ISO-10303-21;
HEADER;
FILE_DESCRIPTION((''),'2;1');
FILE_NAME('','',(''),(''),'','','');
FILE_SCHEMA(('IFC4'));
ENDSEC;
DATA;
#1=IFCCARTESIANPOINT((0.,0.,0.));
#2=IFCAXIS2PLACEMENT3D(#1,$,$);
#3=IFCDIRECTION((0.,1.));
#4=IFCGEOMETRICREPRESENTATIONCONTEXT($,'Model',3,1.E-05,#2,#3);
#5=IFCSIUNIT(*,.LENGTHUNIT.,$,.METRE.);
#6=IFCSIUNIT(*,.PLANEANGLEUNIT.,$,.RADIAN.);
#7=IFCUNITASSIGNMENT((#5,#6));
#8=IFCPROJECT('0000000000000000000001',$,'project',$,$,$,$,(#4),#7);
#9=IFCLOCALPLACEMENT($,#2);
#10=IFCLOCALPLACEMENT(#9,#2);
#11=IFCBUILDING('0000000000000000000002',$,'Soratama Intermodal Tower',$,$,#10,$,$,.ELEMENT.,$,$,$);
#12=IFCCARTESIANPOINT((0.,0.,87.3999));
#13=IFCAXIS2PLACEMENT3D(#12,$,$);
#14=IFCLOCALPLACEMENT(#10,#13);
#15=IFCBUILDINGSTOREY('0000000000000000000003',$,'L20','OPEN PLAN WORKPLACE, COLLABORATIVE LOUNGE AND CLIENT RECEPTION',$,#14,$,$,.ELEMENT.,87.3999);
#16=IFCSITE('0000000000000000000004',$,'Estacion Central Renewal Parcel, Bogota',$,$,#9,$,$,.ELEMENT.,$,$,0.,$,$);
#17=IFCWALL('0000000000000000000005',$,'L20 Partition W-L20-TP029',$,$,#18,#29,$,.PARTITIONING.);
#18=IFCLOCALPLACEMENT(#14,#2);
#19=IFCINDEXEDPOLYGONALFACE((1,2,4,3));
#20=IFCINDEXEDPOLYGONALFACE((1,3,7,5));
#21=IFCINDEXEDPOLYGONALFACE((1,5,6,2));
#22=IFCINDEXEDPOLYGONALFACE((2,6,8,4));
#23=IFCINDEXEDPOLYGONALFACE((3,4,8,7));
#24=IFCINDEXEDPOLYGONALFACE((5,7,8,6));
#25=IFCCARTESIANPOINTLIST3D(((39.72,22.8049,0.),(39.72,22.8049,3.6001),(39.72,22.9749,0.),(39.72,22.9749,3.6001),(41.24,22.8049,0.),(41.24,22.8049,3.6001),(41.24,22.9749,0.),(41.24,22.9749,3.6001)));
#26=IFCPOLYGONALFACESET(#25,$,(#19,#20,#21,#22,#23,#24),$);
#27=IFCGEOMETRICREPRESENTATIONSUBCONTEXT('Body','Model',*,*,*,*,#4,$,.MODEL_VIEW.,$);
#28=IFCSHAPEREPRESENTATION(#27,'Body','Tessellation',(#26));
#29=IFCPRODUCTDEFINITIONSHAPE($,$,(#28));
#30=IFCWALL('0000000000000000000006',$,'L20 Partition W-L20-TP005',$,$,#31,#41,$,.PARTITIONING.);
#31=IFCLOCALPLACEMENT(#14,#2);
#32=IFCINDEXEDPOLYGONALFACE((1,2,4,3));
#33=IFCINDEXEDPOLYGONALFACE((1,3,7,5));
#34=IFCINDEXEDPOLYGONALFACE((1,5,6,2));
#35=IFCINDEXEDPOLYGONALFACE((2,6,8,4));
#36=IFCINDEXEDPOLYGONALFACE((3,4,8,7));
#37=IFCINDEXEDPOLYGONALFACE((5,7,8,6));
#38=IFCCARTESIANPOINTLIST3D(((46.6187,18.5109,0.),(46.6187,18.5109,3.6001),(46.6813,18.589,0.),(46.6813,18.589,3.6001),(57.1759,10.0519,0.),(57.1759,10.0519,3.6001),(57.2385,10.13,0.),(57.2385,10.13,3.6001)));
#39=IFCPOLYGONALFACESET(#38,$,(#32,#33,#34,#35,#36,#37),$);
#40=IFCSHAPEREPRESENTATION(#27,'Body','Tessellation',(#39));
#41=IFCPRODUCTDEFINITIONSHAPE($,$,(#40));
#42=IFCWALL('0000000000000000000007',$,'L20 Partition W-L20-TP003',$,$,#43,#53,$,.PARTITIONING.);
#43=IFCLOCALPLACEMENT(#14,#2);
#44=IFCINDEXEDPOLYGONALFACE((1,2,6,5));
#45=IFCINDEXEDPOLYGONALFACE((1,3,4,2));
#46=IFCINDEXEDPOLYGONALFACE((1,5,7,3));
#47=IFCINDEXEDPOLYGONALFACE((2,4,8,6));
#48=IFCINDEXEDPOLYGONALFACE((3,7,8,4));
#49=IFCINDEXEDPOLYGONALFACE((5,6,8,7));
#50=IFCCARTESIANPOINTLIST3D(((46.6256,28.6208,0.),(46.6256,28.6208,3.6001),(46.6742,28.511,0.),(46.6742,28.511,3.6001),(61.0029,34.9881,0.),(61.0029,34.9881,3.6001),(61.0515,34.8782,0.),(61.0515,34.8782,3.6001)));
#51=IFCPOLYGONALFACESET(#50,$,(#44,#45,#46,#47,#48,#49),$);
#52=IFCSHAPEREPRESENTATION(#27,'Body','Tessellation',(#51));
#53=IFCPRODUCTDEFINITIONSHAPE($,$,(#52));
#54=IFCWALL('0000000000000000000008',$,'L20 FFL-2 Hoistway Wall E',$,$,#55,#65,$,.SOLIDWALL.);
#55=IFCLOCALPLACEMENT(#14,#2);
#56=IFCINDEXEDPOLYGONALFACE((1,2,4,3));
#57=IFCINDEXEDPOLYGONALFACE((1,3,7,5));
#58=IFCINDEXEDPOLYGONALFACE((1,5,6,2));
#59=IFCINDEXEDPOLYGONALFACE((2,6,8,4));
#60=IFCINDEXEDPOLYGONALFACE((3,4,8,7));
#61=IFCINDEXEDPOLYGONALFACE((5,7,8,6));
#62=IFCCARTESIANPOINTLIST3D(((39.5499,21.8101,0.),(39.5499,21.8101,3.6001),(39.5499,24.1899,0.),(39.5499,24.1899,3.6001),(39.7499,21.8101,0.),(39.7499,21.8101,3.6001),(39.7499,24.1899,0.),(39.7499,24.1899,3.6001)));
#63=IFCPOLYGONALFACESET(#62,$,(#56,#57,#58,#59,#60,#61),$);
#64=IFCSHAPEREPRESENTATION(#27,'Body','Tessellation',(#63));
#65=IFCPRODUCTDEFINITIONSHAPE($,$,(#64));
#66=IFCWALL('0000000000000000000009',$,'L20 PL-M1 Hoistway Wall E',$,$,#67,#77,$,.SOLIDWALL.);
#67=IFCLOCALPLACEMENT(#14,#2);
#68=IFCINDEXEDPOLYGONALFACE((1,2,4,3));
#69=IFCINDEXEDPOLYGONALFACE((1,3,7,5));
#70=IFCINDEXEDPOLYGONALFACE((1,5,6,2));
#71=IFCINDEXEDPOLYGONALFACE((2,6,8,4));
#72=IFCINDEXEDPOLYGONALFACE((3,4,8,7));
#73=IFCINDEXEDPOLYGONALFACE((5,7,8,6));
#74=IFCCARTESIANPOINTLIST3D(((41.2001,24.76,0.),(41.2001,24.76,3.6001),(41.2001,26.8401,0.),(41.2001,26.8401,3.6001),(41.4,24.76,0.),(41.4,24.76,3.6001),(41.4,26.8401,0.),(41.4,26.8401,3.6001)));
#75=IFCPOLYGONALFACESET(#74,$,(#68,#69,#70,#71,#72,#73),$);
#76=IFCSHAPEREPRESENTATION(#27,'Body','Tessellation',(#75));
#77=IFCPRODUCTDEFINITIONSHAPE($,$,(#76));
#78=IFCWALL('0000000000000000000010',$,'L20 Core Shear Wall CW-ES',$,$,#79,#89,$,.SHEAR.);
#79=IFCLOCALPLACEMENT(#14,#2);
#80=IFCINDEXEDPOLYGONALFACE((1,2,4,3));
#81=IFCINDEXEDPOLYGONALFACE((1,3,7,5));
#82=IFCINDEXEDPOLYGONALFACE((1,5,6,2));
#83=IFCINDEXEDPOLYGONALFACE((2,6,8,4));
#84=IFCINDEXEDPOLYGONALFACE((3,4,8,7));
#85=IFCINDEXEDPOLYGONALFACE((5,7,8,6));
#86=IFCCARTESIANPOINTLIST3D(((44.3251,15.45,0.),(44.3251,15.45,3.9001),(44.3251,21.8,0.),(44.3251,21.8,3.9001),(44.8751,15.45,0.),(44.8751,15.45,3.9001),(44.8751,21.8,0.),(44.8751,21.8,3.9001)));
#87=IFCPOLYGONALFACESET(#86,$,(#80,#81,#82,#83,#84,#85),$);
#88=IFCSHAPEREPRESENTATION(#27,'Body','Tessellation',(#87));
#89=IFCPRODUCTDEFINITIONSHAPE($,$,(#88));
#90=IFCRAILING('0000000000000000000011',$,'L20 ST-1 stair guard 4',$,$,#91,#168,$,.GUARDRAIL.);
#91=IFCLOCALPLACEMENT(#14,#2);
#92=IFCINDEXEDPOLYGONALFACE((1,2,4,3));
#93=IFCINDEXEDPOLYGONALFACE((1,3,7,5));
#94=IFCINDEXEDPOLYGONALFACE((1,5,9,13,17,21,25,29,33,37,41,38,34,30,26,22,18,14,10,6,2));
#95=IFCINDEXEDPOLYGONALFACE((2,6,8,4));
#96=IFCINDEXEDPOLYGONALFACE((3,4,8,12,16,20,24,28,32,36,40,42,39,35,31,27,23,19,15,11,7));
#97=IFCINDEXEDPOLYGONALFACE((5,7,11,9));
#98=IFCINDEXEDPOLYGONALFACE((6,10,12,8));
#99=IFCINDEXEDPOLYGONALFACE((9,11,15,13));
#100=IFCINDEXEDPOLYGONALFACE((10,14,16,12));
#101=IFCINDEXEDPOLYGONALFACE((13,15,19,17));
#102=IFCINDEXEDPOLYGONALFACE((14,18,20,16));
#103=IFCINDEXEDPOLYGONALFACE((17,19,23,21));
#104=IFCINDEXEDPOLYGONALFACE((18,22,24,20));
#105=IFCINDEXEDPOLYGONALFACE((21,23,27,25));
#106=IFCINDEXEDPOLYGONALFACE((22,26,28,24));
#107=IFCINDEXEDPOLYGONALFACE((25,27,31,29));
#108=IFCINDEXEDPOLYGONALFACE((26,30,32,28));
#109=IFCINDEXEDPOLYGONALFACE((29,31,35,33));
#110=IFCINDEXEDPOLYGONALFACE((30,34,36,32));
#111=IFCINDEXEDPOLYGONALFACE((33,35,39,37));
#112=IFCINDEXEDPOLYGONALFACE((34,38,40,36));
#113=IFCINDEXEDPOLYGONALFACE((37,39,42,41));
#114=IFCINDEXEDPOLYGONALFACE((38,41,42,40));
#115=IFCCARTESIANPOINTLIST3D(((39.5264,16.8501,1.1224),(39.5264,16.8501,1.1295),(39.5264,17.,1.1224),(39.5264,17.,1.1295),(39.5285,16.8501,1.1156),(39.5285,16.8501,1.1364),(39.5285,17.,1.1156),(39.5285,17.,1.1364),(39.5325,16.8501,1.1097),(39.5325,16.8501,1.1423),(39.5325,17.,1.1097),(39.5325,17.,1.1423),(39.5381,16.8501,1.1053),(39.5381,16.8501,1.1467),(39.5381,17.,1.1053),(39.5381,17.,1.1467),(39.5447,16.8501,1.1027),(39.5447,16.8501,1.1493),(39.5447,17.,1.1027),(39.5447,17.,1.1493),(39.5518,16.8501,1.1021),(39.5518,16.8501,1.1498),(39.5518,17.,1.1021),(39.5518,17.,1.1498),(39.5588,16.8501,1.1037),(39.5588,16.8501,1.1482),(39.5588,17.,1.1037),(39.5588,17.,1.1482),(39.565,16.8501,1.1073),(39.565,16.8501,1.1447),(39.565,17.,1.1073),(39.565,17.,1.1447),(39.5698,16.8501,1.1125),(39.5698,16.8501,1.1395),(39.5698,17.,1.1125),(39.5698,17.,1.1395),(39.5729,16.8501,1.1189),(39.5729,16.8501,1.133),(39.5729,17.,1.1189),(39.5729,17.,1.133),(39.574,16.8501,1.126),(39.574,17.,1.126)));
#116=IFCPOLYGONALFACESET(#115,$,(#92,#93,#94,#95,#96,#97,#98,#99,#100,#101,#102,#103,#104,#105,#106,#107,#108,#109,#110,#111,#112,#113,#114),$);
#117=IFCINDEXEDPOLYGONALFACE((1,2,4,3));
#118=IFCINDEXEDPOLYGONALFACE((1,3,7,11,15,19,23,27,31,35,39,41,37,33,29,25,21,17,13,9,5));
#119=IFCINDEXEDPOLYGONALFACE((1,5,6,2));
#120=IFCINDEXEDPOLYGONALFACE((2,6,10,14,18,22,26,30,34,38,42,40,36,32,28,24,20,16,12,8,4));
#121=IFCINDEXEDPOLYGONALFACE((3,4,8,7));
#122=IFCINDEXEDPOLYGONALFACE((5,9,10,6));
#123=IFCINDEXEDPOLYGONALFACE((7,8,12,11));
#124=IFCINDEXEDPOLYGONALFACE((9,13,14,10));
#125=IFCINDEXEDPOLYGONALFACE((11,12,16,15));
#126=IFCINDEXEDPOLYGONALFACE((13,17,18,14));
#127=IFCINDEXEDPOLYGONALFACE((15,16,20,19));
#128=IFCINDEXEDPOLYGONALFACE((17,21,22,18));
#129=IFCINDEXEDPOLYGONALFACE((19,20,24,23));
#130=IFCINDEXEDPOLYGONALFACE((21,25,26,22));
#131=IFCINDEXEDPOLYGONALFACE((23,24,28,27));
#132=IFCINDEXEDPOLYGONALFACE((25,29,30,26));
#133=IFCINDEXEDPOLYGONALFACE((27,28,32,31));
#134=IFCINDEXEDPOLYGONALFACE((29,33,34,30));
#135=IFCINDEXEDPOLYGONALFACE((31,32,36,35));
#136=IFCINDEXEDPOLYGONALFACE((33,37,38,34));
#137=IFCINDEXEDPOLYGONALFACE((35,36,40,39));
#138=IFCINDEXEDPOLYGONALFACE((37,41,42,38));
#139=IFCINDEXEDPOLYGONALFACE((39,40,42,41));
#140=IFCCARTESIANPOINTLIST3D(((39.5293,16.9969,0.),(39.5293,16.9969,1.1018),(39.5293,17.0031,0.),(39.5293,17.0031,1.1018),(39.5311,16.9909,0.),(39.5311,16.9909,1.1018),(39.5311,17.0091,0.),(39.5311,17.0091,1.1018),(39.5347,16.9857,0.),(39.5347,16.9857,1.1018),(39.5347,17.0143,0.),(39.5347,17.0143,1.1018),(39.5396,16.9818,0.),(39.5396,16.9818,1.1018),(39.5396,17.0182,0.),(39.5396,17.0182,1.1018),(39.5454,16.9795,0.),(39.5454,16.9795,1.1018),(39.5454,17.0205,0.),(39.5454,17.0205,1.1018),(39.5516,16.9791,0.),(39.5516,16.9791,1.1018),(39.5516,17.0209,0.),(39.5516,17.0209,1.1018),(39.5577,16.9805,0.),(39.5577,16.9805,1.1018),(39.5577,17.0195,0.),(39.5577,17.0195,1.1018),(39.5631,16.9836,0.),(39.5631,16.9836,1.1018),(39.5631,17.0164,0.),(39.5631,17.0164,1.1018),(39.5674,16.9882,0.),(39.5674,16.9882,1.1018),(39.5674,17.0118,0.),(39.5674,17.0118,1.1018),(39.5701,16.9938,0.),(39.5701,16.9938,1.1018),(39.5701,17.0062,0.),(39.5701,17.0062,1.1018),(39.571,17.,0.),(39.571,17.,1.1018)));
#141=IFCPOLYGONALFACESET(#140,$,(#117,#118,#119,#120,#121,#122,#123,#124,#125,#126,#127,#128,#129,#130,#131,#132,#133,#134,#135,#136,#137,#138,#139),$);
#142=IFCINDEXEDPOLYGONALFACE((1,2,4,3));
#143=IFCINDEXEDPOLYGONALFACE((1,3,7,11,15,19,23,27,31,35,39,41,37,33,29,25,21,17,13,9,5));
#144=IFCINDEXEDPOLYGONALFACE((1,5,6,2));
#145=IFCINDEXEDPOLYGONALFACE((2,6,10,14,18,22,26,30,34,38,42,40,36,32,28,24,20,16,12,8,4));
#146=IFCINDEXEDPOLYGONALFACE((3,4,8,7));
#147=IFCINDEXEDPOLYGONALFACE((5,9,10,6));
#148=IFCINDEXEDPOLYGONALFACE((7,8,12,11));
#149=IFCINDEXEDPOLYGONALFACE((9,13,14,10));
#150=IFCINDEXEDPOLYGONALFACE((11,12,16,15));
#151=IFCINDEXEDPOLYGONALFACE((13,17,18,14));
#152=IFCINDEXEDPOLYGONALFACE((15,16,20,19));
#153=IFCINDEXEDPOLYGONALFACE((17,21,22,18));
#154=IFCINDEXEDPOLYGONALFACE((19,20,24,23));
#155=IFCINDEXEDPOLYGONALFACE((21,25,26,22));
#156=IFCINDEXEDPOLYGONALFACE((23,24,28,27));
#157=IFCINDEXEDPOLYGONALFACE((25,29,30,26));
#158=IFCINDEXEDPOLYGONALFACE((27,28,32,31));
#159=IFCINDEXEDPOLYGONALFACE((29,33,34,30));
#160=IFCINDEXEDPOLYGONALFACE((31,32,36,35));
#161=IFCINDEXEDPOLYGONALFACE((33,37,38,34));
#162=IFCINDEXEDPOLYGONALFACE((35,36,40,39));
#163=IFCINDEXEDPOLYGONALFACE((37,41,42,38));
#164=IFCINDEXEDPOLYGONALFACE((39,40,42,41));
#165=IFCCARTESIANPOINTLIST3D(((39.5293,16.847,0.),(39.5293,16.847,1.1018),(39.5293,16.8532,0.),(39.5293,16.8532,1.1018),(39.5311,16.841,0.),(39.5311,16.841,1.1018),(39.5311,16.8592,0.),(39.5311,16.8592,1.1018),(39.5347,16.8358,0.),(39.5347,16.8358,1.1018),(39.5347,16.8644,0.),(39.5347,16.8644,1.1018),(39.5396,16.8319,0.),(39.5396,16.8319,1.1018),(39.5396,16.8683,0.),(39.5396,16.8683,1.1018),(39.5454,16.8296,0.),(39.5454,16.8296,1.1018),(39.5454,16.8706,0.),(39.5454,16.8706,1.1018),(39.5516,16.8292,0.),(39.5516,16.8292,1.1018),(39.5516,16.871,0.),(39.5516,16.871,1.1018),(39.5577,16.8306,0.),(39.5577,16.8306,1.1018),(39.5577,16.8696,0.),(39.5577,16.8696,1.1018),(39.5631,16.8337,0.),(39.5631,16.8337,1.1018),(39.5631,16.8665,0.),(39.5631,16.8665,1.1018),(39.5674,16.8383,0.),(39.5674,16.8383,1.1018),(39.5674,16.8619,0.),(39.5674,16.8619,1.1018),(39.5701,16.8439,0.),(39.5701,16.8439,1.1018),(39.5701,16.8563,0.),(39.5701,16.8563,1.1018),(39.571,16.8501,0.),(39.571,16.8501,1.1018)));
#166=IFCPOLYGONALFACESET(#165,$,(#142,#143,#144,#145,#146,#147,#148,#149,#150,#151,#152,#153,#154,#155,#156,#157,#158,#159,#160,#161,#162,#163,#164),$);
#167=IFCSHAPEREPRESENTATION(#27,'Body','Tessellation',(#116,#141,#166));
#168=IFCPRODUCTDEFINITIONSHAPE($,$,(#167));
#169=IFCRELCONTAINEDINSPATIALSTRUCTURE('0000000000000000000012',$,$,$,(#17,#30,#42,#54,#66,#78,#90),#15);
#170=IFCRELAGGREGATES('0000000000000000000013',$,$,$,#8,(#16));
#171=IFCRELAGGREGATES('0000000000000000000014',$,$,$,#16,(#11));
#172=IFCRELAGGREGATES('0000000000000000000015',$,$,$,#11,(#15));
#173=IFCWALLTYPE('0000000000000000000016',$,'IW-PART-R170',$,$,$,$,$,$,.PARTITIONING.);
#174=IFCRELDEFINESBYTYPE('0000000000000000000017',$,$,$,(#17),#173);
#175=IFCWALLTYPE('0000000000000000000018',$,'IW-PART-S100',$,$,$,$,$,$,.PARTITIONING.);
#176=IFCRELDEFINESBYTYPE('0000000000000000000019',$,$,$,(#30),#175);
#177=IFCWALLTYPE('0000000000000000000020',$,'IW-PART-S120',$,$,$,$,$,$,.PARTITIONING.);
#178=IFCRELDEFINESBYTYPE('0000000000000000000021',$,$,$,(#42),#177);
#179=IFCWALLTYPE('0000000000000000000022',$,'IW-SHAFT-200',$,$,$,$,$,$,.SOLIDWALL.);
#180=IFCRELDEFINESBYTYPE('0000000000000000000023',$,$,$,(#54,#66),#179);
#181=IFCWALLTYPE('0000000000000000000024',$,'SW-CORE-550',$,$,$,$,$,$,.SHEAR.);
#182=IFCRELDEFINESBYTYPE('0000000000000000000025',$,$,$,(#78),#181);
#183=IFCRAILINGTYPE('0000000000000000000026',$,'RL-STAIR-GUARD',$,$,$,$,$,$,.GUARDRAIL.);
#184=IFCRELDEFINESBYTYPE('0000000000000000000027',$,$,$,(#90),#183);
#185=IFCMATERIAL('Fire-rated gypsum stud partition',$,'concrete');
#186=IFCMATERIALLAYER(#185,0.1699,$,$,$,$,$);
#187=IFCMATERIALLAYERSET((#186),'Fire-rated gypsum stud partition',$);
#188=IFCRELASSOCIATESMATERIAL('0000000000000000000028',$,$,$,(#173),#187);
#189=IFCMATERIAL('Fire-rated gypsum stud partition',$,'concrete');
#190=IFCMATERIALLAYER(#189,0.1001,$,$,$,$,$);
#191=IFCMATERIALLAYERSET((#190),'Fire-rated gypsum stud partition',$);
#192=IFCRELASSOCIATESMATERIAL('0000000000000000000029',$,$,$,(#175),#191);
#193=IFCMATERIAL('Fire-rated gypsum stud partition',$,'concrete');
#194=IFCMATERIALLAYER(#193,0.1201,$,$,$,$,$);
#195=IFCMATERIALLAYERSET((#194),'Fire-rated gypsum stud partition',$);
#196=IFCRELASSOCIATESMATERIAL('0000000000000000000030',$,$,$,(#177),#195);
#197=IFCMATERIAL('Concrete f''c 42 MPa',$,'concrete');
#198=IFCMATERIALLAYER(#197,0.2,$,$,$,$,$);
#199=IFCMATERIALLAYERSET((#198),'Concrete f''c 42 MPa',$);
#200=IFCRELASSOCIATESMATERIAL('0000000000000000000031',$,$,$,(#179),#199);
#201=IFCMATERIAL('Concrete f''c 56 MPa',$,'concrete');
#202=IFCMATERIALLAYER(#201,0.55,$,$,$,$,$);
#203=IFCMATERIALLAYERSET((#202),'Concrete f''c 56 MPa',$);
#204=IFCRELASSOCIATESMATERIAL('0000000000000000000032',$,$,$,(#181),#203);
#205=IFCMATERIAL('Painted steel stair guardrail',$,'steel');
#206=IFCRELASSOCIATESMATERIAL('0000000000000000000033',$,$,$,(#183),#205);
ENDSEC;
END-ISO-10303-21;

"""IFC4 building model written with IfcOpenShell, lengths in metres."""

from ifc_helpers import new_model, si_unit, direction, frame, frame_2d, origin, origin_2d, place, context, subcontext, project, spatial, rectangle, circle, extrude, material, layer, layer_set, type_object, element, save


model = new_model("IFC4")

# Units and contexts
model_context = context("Model", 3, precision=1e-05, world=origin(), true_north=direction((0.0, 1.0)))
body_context = subcontext(model_context, "Body", "Model", "MODEL_VIEW")
ifc_project = project(units=[si_unit("LENGTHUNIT", "METRE"), si_unit("PLANEANGLEUNIT", "RADIAN")], contexts=[model_context])

# Site, building, storey
site_placement = place(None, origin())
site = spatial("IfcSite", under=ifc_project, at=site_placement, Name="Estacion Central Renewal Parcel, Bogota", CompositionType="ELEMENT", RefElevation=0.0)
building_placement = place(site_placement, origin())
building = spatial("IfcBuilding", under=site, at=building_placement, Name="Soratama Intermodal Tower", CompositionType="ELEMENT")
storey_placement = place(building_placement, frame((0.0, 0.0, 87.3999)))
storey = spatial("IfcBuildingStorey", under=building, at=storey_placement, Name="L20", Description="OPEN PLAN WORKPLACE, COLLABORATIVE LOUNGE AND CLIENT RECEPTION", CompositionType="ELEMENT", Elevation=87.3999)

# Shared definitions
ifc_material_1 = material(Name="Fire-rated gypsum stud partition", Category="concrete")
ifc_layer_1 = layer(ifc_material_1, 0.1699)
ifc_layer_set_1 = layer_set([ifc_layer_1], Name="Fire-rated gypsum stud partition")
wall_type_1 = type_object("IfcWallType", Name="IW-PART-R170", PredefinedType="PARTITIONING", material=ifc_layer_set_1)

# Walls
wall_1_placement = place(storey_placement, frame((39.72, 22.8899, 0.0), z_axis=(0.0, 0.0, 1.0), x_axis=(1.0, 0.0, 0.0)))
element("IfcWall", 1, at=wall_1_placement, inside=storey, type_object=wall_type_1, Name="L20 Partition W-L20-TP029", PredefinedType="PARTITIONING", context=body_context, shape_type="SweptSolid", body=[
    extrude(rectangle(XDim=1.52, YDim=0.1699, at=frame_2d((0.76, 0.0))), origin(), (0.0, 0.0, 1.0), 3.6001),
])
ifc_material_2 = material(Name="Fire-rated gypsum stud partition", Category="concrete")
ifc_layer_2 = layer(ifc_material_2, 0.1001)
ifc_layer_set_2 = layer_set([ifc_layer_2], Name="Fire-rated gypsum stud partition")
wall_type_2 = type_object("IfcWallType", Name="IW-PART-S100", PredefinedType="PARTITIONING", material=ifc_layer_set_2)
wall_2_placement = place(storey_placement, frame((46.6499, 18.55, 0.0), z_axis=(0.0, 0.0, 1.0), x_axis=(0.78039, -0.625293, 0.0)))
element("IfcWall", 2, at=wall_2_placement, inside=storey, type_object=wall_type_2, Name="L20 Partition W-L20-TP005", PredefinedType="PARTITIONING", context=body_context, shape_type="SweptSolid", body=[
    extrude(rectangle(XDim=13.5281, YDim=0.1001, at=frame_2d((6.7642, 0.0))), origin(), (0.0, 0.0, 1.0), 3.6001),
])
ifc_material_3 = material(Name="Fire-rated gypsum stud partition", Category="concrete")
ifc_layer_3 = layer(ifc_material_3, 0.1201)
ifc_layer_set_3 = layer_set([ifc_layer_3], Name="Fire-rated gypsum stud partition")
wall_type_3 = type_object("IfcWallType", Name="IW-PART-S120", PredefinedType="PARTITIONING", material=ifc_layer_set_3)
wall_3_placement = place(storey_placement, frame((46.6499, 28.5659, 0.0), z_axis=(0.0, 0.0, 1.0), x_axis=(0.914346, 0.404934, 0.0)))
element("IfcWall", 3, at=wall_3_placement, inside=storey, type_object=wall_type_3, Name="L20 Partition W-L20-TP003", PredefinedType="PARTITIONING", context=body_context, shape_type="SweptSolid", body=[
    extrude(rectangle(XDim=15.7241, YDim=0.1201, at=frame_2d((7.8621, 0.0))), origin(), (0.0, 0.0, 1.0), 3.6001),
])
ifc_material_4 = material(Name="Concrete f'c 42 MPa", Category="concrete")
ifc_layer_4 = layer(ifc_material_4, 0.2)
ifc_layer_set_4 = layer_set([ifc_layer_4], Name="Concrete f'c 42 MPa")
wall_type_4 = type_object("IfcWallType", Name="IW-SHAFT-200", PredefinedType="SOLIDWALL", material=ifc_layer_set_4)
wall_4_placement = place(storey_placement, frame((39.6499, 21.8101, 0.0), z_axis=(0.0, 0.0, 1.0), x_axis=(0.0, 1.0, 0.0)))
element("IfcWall", 4, at=wall_4_placement, inside=storey, type_object=wall_type_4, Name="L20 FFL-2 Hoistway Wall E", PredefinedType="SOLIDWALL", context=body_context, shape_type="SweptSolid", body=[
    extrude(rectangle(XDim=2.3799, YDim=0.2, at=frame_2d((1.1899, 0.0))), origin(), (0.0, 0.0, 1.0), 3.6001),
])
wall_5_placement = place(storey_placement, frame((41.3, 24.76, 0.0), z_axis=(0.0, 0.0, 1.0), x_axis=(0.0, 1.0, 0.0)))
element("IfcWall", 5, at=wall_5_placement, inside=storey, type_object=wall_type_4, Name="L20 PL-M1 Hoistway Wall E", PredefinedType="SOLIDWALL", context=body_context, shape_type="SweptSolid", body=[
    extrude(rectangle(XDim=2.0801, YDim=0.2, at=frame_2d((1.04, 0.0))), origin(), (0.0, 0.0, 1.0), 3.6001),
])
ifc_material_5 = material(Name="Concrete f'c 56 MPa", Category="concrete")
ifc_layer_5 = layer(ifc_material_5, 0.55)
ifc_layer_set_5 = layer_set([ifc_layer_5], Name="Concrete f'c 56 MPa")
wall_type_5 = type_object("IfcWallType", Name="SW-CORE-550", PredefinedType="SHEAR", material=ifc_layer_set_5)
wall_6_placement = place(storey_placement, frame((44.6001, 15.45, 0.0), z_axis=(0.0, 0.0, 1.0), x_axis=(0.0, 1.0, 0.0)))
element("IfcWall", 6, at=wall_6_placement, inside=storey, type_object=wall_type_5, Name="L20 Core Shear Wall CW-ES", PredefinedType="SHEAR", context=body_context, shape_type="SweptSolid", body=[
    extrude(rectangle(XDim=6.3501, YDim=0.55, at=frame_2d((3.175, 0.0))), origin(), (0.0, 0.0, 1.0), 3.9001),
])

# Railing
ifc_material_6 = material(Name="Painted steel stair guardrail", Category="steel")
railing_type = type_object("IfcRailingType", Name="RL-STAIR-GUARD", PredefinedType="GUARDRAIL", material=ifc_material_6)
railing_placement = place(storey_placement, frame((39.55, 17.0, 0.0)))
element("IfcRailing", 7, at=railing_placement, inside=storey, type_object=railing_type, Name="L20 ST-1 stair guard 4", PredefinedType="GUARDRAIL", context=body_context, shape_type="SweptSolid", body=[
    extrude(circle(Radius=0.0239, at=origin_2d()), frame((0.0, 0.0, 1.126), z_axis=(0.0, -1.0, 0.0), x_axis=(1.0, 0.0, 0.0)), (0.0, 0.0, 1.0), 0.1499),
    extrude(circle(Radius=0.021, at=origin_2d()), origin(), (0.0, 0.0, 1.0), 1.1018),
    extrude(circle(Radius=0.021, at=origin_2d()), frame((0.0, -0.1499, 0.0)), (0.0, 0.0, 1.0), 1.1018),
])

save(model, "model.ifc")
